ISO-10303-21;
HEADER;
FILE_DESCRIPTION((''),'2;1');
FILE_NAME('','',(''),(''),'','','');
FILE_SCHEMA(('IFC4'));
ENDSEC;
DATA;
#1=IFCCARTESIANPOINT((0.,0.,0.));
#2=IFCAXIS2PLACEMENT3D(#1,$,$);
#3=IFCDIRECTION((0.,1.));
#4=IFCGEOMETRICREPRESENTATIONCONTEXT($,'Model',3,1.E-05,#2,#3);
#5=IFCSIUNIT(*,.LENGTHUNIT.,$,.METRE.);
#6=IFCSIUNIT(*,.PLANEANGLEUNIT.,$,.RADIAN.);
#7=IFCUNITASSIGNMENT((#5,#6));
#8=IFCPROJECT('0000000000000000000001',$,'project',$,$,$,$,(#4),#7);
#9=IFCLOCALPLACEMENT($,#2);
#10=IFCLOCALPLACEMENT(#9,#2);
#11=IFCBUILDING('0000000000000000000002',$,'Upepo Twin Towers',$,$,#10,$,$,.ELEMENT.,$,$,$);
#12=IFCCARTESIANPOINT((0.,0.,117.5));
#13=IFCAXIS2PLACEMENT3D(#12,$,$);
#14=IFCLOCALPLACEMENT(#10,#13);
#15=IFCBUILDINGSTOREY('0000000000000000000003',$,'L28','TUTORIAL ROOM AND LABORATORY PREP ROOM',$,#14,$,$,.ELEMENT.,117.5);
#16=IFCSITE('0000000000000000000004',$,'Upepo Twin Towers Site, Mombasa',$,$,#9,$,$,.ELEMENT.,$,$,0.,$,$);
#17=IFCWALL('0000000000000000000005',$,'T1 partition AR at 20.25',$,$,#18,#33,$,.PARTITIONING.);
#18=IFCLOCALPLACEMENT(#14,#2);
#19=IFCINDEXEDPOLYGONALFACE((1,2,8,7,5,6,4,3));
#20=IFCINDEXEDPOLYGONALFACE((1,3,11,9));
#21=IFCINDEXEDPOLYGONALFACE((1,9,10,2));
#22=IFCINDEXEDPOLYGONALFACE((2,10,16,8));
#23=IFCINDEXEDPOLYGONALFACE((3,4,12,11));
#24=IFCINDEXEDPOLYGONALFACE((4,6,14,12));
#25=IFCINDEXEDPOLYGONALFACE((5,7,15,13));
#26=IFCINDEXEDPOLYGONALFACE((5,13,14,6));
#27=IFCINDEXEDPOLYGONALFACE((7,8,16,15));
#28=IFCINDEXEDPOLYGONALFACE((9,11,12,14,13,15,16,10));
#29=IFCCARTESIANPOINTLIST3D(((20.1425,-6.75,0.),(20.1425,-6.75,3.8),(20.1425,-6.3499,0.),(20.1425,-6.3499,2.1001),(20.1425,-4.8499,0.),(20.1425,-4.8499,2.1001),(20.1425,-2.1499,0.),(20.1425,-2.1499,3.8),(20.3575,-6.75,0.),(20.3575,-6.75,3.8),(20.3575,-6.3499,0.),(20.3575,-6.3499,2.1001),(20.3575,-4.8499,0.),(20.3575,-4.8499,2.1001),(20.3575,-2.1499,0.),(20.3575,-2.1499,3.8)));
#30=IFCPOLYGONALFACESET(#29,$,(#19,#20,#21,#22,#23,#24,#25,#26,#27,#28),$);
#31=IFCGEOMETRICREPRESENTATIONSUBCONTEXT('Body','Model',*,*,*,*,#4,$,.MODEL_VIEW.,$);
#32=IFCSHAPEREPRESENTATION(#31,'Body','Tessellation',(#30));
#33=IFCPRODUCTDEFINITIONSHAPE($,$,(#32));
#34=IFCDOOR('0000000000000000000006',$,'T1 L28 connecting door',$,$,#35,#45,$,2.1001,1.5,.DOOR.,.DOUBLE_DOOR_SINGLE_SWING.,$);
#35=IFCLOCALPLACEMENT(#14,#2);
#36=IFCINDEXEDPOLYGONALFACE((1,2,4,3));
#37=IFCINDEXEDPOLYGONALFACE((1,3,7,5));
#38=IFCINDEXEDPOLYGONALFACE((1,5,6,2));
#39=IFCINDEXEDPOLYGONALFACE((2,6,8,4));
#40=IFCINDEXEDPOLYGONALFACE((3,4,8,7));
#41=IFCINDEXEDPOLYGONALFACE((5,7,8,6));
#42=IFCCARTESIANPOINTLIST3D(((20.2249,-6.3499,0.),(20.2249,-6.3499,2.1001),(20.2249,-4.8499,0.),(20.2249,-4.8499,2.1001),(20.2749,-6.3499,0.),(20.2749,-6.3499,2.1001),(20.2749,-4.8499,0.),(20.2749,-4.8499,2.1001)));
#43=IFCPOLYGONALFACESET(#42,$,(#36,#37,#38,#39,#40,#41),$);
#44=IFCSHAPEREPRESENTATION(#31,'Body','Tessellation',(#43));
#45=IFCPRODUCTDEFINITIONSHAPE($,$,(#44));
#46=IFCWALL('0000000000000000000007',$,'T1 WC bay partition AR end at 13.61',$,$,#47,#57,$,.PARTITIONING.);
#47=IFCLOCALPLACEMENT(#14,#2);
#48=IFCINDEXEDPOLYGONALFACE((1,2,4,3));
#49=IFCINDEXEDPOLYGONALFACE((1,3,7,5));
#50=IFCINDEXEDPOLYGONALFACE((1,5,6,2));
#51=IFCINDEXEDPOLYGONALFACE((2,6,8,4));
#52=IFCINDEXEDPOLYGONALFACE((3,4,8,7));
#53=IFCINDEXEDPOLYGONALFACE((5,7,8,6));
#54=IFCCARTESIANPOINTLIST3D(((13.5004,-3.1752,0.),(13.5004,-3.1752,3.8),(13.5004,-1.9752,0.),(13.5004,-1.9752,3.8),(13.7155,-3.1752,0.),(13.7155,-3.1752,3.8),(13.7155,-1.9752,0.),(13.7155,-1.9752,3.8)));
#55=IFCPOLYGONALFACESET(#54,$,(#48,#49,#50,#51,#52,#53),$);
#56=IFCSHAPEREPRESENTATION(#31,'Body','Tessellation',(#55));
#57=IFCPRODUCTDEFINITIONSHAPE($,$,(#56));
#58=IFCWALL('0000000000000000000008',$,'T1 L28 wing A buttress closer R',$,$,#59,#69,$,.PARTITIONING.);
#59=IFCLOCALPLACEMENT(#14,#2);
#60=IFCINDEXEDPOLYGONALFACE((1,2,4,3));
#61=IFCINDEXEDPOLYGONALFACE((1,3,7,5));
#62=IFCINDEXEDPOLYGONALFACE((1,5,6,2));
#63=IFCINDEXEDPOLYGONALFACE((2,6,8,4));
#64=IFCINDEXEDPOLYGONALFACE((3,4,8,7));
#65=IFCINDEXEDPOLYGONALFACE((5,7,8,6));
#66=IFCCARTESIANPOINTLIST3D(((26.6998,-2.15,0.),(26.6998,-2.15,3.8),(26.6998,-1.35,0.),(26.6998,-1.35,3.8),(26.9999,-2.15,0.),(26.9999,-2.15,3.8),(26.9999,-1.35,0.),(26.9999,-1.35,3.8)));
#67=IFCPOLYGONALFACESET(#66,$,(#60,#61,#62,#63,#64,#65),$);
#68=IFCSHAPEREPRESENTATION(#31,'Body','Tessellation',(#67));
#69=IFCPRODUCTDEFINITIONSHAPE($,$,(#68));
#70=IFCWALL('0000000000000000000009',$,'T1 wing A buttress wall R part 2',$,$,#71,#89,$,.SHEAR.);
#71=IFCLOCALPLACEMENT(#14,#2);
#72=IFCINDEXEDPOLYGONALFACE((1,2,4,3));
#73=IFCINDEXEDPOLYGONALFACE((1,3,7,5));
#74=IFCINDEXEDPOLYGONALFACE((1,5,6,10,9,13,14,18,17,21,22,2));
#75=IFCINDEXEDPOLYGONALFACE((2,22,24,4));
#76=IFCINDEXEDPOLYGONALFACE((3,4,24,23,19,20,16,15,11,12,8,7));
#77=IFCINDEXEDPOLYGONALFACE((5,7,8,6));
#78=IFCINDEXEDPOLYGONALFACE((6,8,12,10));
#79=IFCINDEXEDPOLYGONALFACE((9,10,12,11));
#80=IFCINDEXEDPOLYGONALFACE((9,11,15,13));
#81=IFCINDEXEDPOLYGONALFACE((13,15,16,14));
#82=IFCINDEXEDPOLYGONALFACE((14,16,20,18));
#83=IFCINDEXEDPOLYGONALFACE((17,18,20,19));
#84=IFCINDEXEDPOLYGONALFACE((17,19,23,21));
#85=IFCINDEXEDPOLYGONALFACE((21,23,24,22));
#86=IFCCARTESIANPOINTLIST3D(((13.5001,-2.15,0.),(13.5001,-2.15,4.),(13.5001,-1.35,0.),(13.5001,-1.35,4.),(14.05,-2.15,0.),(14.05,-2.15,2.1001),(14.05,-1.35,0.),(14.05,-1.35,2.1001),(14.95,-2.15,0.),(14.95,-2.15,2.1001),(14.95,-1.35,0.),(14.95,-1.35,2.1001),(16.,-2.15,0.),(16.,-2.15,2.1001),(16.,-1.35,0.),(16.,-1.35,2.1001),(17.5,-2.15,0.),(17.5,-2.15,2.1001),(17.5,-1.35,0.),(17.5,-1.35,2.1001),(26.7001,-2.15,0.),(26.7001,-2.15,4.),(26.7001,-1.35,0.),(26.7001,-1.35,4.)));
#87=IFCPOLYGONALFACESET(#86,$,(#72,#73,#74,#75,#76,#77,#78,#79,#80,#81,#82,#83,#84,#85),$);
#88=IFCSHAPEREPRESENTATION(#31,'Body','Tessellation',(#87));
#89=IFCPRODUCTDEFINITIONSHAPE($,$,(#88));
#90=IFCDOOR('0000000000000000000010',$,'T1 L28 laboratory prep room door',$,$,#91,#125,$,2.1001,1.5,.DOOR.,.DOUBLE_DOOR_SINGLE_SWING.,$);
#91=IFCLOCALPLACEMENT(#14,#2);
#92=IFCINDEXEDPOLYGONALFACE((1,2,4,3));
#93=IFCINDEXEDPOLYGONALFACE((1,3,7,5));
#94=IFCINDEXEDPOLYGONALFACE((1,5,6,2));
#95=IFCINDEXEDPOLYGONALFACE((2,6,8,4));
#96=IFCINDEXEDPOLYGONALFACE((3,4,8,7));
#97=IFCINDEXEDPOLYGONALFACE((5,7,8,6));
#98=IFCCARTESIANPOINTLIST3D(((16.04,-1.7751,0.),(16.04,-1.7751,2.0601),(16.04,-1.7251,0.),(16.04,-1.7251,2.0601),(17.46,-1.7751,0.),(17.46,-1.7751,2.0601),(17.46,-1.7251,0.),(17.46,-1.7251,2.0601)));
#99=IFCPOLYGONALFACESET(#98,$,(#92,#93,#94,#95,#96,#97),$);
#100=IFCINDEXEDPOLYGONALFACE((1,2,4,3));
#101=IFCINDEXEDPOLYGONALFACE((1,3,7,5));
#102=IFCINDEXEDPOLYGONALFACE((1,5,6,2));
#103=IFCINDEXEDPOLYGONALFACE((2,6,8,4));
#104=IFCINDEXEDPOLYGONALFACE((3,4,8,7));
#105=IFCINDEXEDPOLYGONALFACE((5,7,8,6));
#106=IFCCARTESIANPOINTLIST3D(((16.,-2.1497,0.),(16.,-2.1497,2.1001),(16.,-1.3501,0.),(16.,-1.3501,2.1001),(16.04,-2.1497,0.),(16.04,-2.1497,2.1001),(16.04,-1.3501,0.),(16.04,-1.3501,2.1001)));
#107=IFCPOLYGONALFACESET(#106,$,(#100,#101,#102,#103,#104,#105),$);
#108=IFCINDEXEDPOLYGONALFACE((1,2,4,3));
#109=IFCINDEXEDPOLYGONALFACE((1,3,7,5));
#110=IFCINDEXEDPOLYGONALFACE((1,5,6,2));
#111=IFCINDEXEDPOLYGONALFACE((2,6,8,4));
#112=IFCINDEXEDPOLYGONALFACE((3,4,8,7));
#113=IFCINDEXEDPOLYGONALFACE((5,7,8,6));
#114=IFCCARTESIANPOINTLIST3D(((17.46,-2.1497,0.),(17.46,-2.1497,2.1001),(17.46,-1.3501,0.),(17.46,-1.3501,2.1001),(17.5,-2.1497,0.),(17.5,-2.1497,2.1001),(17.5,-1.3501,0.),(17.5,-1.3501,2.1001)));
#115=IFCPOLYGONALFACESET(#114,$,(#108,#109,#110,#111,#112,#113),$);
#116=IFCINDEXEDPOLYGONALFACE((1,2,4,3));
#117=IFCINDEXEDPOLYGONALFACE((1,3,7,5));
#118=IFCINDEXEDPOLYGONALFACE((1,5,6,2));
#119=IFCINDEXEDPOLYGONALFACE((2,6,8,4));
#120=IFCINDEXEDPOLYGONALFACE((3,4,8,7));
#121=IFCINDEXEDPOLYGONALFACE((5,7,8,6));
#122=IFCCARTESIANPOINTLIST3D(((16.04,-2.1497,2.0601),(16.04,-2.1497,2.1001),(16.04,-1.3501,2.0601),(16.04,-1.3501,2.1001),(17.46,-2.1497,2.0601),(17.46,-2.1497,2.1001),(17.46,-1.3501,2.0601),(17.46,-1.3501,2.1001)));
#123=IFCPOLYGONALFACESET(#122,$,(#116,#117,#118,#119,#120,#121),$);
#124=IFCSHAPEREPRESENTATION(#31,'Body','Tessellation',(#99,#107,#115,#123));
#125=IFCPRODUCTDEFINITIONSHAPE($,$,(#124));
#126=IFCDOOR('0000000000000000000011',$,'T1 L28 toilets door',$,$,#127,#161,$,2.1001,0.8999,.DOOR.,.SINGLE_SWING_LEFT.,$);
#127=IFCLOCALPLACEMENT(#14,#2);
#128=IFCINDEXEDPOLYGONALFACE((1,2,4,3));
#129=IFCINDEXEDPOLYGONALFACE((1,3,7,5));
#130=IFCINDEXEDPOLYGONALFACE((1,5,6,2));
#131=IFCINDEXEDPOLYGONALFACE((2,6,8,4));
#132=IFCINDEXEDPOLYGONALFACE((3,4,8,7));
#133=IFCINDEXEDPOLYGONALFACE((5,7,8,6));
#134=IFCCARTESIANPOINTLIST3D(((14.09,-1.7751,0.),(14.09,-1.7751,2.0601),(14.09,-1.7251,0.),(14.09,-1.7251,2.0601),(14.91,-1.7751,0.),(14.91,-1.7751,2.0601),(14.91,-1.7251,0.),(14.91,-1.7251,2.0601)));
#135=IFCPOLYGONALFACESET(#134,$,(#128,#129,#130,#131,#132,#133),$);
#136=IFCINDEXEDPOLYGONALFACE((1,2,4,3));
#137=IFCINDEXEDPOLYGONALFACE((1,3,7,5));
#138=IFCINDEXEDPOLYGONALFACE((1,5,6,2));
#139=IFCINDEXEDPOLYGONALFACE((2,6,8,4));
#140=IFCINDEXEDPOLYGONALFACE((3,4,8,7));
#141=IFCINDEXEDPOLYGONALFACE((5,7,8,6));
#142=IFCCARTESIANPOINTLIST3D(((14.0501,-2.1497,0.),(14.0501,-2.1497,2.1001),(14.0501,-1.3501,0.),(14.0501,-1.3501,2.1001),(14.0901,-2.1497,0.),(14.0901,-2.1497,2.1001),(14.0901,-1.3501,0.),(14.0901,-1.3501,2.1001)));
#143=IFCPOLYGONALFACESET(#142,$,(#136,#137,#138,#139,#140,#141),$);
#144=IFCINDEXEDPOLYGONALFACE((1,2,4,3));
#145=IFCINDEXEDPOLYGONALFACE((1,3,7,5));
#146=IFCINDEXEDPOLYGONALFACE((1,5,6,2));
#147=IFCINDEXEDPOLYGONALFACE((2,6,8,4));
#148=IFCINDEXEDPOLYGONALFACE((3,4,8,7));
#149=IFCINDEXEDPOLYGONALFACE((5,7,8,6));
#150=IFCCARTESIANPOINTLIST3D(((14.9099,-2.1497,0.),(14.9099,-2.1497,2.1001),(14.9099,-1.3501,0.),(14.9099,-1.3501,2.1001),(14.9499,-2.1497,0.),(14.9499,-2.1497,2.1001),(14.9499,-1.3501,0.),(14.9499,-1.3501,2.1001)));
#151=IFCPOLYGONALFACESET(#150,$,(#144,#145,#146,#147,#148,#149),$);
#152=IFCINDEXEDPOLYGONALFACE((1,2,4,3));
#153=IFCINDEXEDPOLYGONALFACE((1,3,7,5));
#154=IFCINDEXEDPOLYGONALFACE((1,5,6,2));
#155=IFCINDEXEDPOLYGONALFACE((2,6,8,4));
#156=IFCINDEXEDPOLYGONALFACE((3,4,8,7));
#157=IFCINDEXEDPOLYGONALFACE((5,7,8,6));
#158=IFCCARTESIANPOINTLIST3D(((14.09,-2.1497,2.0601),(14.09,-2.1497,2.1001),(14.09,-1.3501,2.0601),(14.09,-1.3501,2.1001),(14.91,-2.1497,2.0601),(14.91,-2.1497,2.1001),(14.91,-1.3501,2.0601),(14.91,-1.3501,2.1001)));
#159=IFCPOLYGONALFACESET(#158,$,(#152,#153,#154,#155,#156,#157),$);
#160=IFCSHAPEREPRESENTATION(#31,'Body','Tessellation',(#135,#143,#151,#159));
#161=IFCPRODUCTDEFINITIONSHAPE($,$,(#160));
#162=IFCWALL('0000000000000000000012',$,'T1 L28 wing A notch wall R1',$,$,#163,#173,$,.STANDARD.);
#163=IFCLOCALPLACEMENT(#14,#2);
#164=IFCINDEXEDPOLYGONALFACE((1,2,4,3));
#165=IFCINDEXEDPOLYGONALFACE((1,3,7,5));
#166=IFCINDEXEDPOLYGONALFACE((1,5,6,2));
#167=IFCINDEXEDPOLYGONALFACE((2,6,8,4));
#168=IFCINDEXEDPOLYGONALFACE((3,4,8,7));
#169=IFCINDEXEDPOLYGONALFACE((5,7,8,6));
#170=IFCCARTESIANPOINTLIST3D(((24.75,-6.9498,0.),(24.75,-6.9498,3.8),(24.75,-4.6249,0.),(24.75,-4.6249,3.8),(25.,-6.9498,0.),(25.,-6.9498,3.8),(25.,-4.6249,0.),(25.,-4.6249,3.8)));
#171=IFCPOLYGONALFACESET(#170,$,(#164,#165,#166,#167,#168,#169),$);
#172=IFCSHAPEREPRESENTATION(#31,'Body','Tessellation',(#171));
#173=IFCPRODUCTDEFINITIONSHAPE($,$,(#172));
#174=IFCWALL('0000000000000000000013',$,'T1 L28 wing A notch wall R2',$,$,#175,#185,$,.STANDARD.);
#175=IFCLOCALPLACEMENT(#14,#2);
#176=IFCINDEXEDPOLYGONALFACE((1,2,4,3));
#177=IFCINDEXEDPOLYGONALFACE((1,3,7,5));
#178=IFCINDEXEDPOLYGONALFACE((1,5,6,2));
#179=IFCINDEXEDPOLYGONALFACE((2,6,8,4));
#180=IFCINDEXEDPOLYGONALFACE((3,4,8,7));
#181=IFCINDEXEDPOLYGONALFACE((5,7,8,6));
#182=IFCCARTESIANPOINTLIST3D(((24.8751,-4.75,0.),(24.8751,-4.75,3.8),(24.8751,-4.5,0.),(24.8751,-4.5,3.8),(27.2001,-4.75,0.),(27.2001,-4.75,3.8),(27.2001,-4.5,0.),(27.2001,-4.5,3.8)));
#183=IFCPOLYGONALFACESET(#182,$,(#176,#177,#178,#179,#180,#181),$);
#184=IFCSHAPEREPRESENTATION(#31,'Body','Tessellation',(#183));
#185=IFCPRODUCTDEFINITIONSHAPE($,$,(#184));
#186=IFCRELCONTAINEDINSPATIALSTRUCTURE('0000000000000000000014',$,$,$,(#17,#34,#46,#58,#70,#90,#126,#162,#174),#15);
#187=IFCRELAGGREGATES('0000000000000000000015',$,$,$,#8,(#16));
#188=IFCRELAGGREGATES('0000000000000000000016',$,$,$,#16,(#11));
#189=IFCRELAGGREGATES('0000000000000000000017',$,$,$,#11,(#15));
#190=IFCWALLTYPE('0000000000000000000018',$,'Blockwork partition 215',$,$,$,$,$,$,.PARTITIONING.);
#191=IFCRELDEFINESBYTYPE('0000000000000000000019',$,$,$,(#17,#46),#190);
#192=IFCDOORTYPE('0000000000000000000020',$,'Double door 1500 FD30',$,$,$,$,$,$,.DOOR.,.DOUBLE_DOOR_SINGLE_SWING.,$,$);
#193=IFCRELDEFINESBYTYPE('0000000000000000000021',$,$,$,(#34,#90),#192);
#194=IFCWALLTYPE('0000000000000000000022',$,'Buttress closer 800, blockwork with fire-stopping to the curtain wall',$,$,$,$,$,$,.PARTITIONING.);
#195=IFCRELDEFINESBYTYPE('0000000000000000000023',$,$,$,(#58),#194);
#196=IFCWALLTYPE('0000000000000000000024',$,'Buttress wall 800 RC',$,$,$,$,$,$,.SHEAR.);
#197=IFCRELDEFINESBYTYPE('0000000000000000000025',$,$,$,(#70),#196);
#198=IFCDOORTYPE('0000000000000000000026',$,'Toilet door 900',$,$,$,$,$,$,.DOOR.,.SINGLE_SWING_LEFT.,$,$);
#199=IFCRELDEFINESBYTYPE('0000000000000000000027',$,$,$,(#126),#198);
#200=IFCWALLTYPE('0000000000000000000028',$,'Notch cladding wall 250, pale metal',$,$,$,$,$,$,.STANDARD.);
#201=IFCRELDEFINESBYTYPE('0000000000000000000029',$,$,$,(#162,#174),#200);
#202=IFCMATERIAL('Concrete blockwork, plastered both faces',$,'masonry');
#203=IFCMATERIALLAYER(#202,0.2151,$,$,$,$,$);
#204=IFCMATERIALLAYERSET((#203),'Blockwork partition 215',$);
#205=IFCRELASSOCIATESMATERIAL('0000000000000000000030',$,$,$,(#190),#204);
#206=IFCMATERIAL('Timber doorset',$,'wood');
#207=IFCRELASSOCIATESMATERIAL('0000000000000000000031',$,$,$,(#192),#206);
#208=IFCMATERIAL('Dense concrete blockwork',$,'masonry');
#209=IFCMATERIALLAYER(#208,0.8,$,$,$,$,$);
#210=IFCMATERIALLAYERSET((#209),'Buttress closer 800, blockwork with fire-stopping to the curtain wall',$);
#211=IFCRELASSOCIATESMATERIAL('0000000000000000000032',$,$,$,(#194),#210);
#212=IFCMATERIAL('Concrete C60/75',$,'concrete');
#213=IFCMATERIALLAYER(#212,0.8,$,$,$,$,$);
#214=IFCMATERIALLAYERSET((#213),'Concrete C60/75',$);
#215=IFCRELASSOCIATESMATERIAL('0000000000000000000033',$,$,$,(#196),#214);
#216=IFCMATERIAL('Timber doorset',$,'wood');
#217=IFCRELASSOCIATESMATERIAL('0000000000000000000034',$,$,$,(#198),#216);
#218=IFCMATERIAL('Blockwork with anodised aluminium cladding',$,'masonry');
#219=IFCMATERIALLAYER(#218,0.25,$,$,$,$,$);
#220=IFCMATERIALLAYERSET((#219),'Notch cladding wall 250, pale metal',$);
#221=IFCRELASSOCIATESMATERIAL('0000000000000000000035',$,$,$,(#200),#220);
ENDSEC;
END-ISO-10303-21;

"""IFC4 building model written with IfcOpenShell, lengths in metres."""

from ifc_helpers import new_model, si_unit, direction, frame, frame_2d, origin, place, context, subcontext, project, spatial, rectangle, extrude, material, layer, layer_set, type_object, element, fill, save


model = new_model("IFC4")

# Units and contexts
model_context = context("Model", 3, precision=1e-05, world=origin(), true_north=direction((0.0, 1.0)))
body_context = subcontext(model_context, "Body", "Model", "MODEL_VIEW")
ifc_project = project(units=[si_unit("LENGTHUNIT", "METRE"), si_unit("PLANEANGLEUNIT", "RADIAN")], contexts=[model_context])

# Site, building, storey
site_placement = place(None, origin())
site = spatial("IfcSite", under=ifc_project, at=site_placement, Name="Upepo Twin Towers Site, Mombasa", CompositionType="ELEMENT", RefElevation=0.0)
building_placement = place(site_placement, origin())
building = spatial("IfcBuilding", under=site, at=building_placement, Name="Upepo Twin Towers", CompositionType="ELEMENT")
storey_placement = place(building_placement, frame((0.0, 0.0, 117.5)))
storey = spatial("IfcBuildingStorey", under=building, at=storey_placement, Name="L28", Description="TUTORIAL ROOM AND LABORATORY PREP ROOM", CompositionType="ELEMENT", Elevation=117.5)

# Shared definitions
ifc_material_1 = material(Name="Concrete blockwork, plastered both faces", Category="masonry")
ifc_layer_1 = layer(ifc_material_1, 0.2151)
ifc_layer_set_1 = layer_set([ifc_layer_1], Name="Blockwork partition 215")
wall_type_1 = type_object("IfcWallType", Name="Blockwork partition 215", PredefinedType="PARTITIONING", material=ifc_layer_set_1)

# Wall, opening, door
wall_1_placement = place(storey_placement, frame((20.25, -2.1499, 0.0), z_axis=(0.0, 0.0, 1.0), x_axis=(0.0, -1.0, 0.0)))
wall_1 = element("IfcWall", 1, at=wall_1_placement, inside=storey, type_object=wall_type_1, Name="T1 partition AR at 20.25", PredefinedType="PARTITIONING", context=body_context, shape_type="SweptSolid", body=[
    extrude(rectangle(XDim=4.6001, YDim=0.2151, at=frame_2d((2.3, 0.0))), origin(), (0.0, 0.0, 1.0), 3.8),
])
opening_1_placement = place(wall_1_placement, frame((2.7, 0.0, 0.0)))
opening_1 = element("IfcOpeningElement", 2, at=opening_1_placement, cuts=wall_1, PredefinedType="OPENING", context=body_context, shape_type="SweptSolid", body=[
    extrude(rectangle(XDim=1.5, YDim=2.1001, at=frame_2d((0.75, 1.05))), frame((0.0, 0.1174, 0.0), z_axis=(0.0, -1.0, 0.0), x_axis=(1.0, 0.0, 0.0)), (0.0, 0.0, 1.0), 0.2351),
])
ifc_material_2 = material(Name="Timber doorset", Category="wood")
door_type_1 = type_object("IfcDoorType", Name="Double door 1500 FD30", OperationType="DOUBLE_DOOR_SINGLE_SWING", PredefinedType="DOOR", material=ifc_material_2)
door_1_placement = place(opening_1_placement, origin())
door_1 = element("IfcDoor", 3, at=door_1_placement, inside=storey, type_object=door_type_1, Name="T1 L28 connecting door", OperationType="DOUBLE_DOOR_SINGLE_SWING", OverallHeight=2.1001, OverallWidth=1.5, PredefinedType="DOOR", context=body_context, shape_type="SweptSolid", body=[
    extrude(rectangle(XDim=1.5, YDim=2.1001, at=frame_2d((0.75, 1.05))), frame((0.0, 0.0249, 0.0), z_axis=(0.0, -1.0, 0.0), x_axis=(1.0, 0.0, 0.0)), (0.0, 0.0, 1.0), 0.05),
])
fill(opening_1, door_1)

# Walls
wall_2_placement = place(storey_placement, frame((13.6079, -1.9751, 0.0), z_axis=(0.0, 0.0, 1.0), x_axis=(0.0, -1.0, 0.0)))
element("IfcWall", 4, at=wall_2_placement, inside=storey, type_object=wall_type_1, Name="T1 WC bay partition AR end at 13.61", PredefinedType="PARTITIONING", context=body_context, shape_type="SweptSolid", body=[
    extrude(rectangle(XDim=1.2, YDim=0.2151, at=frame_2d((0.6001, 0.0))), origin(), (0.0, 0.0, 1.0), 3.8),
])
ifc_material_3 = material(Name="Dense concrete blockwork", Category="masonry")
ifc_layer_2 = layer(ifc_material_3, 0.8)
ifc_layer_set_2 = layer_set([ifc_layer_2], Name="Buttress closer 800, blockwork with fire-stopping to the curtain wall")
wall_type_2 = type_object("IfcWallType", Name="Buttress closer 800, blockwork with fire-stopping to the curtain wall", PredefinedType="PARTITIONING", material=ifc_layer_set_2)
wall_3_placement = place(storey_placement, frame((26.7, -1.75, 0.0), z_axis=(0.0, 0.0, 1.0), x_axis=(1.0, 0.0, 0.0)))
element("IfcWall", 5, at=wall_3_placement, inside=storey, type_object=wall_type_2, Name="T1 L28 wing A buttress closer R", PredefinedType="PARTITIONING", context=body_context, shape_type="SweptSolid", body=[
    extrude(rectangle(XDim=0.3, YDim=0.8, at=frame_2d((0.1499, 0.0))), origin(), (0.0, 0.0, 1.0), 3.8),
])

# Wall, openings, doors
ifc_material_4 = material(Name="Concrete C60/75", Category="concrete")
ifc_layer_3 = layer(ifc_material_4, 0.8)
ifc_layer_set_3 = layer_set([ifc_layer_3], Name="Concrete C60/75")
wall_type_3 = type_object("IfcWallType", Name="Buttress wall 800 RC", PredefinedType="SHEAR", material=ifc_layer_set_3)
wall_4_placement = place(storey_placement, frame((13.5, -1.75, 0.0), z_axis=(0.0, 0.0, 1.0), x_axis=(1.0, 0.0, 0.0)))
wall_4 = element("IfcWall", 6, at=wall_4_placement, inside=storey, type_object=wall_type_3, Name="T1 wing A buttress wall R part 2", PredefinedType="SHEAR", context=body_context, shape_type="SweptSolid", body=[
    extrude(rectangle(XDim=13.2, YDim=0.8, at=frame_2d((6.6001, 0.0))), origin(), (0.0, 0.0, 1.0), 4.0),
])
opening_2_placement = place(wall_4_placement, frame((0.55, 0.0, 0.0)))
opening_2 = element("IfcOpeningElement", 7, at=opening_2_placement, cuts=wall_4, PredefinedType="OPENING", context=body_context, shape_type="SweptSolid", body=[
    extrude(rectangle(XDim=0.8999, YDim=2.1001, at=frame_2d((0.45, 1.05))), frame((0.0, 0.4099, 0.0), z_axis=(0.0, -1.0, 0.0), x_axis=(1.0, 0.0, 0.0)), (0.0, 0.0, 1.0), 0.8201),
])
opening_3_placement = place(wall_4_placement, frame((2.5, 0.0, 0.0)))
opening_3 = element("IfcOpeningElement", 8, at=opening_3_placement, cuts=wall_4, PredefinedType="OPENING", context=body_context, shape_type="SweptSolid", body=[
    extrude(rectangle(XDim=1.5, YDim=2.1001, at=frame_2d((0.75, 1.05))), frame((0.0, 0.4099, 0.0), z_axis=(0.0, -1.0, 0.0), x_axis=(1.0, 0.0, 0.0)), (0.0, 0.0, 1.0), 0.8201),
])
door_2_placement = place(opening_3_placement, origin())
door_2 = element("IfcDoor", 9, at=door_2_placement, inside=storey, type_object=door_type_1, Name="T1 L28 laboratory prep room door", OperationType="DOUBLE_DOOR_SINGLE_SWING", OverallHeight=2.1001, OverallWidth=1.5, PredefinedType="DOOR", context=body_context, shape_type="SweptSolid", body=[
    extrude(rectangle(XDim=1.42, YDim=2.0601, at=frame_2d((0.75, 1.03))), frame((0.0, 0.0249, 0.0), z_axis=(0.0, -1.0, 0.0), x_axis=(1.0, 0.0, 0.0)), (0.0, 0.0, 1.0), 0.05),
    extrude(rectangle(XDim=0.04, YDim=2.1001, at=frame_2d((0.02, 1.05))), frame((0.0, 0.3999, 0.0), z_axis=(0.0, -1.0, 0.0), x_axis=(1.0, 0.0, 0.0)), (0.0, 0.0, 1.0), 0.7996),
    extrude(rectangle(XDim=0.04, YDim=2.1001, at=frame_2d((1.48, 1.05))), frame((0.0, 0.3999, 0.0), z_axis=(0.0, -1.0, 0.0), x_axis=(1.0, 0.0, 0.0)), (0.0, 0.0, 1.0), 0.7996),
    extrude(rectangle(XDim=1.42, YDim=0.04, at=frame_2d((0.75, 2.0801))), frame((0.0, 0.3999, 0.0), z_axis=(0.0, -1.0, 0.0), x_axis=(1.0, 0.0, 0.0)), (0.0, 0.0, 1.0), 0.7996),
])
fill(opening_3, door_2)
ifc_material_5 = material(Name="Timber doorset", Category="wood")
door_type_2 = type_object("IfcDoorType", Name="Toilet door 900", OperationType="SINGLE_SWING_LEFT", PredefinedType="DOOR", material=ifc_material_5)
door_3_placement = place(opening_2_placement, origin())
door_3 = element("IfcDoor", 10, at=door_3_placement, inside=storey, type_object=door_type_2, Name="T1 L28 toilets door", OperationType="SINGLE_SWING_LEFT", OverallHeight=2.1001, OverallWidth=0.8999, PredefinedType="DOOR", context=body_context, shape_type="SweptSolid", body=[
    extrude(rectangle(XDim=0.8199, YDim=2.0601, at=frame_2d((0.45, 1.03))), frame((0.0, 0.0249, 0.0), z_axis=(0.0, -1.0, 0.0), x_axis=(1.0, 0.0, 0.0)), (0.0, 0.0, 1.0), 0.05),
    extrude(rectangle(XDim=0.04, YDim=2.1001, at=frame_2d((0.02, 1.05))), frame((0.0, 0.3999, 0.0), z_axis=(0.0, -1.0, 0.0), x_axis=(1.0, 0.0, 0.0)), (0.0, 0.0, 1.0), 0.7996),
    extrude(rectangle(XDim=0.04, YDim=2.1001, at=frame_2d((0.8799, 1.05))), frame((0.0, 0.3999, 0.0), z_axis=(0.0, -1.0, 0.0), x_axis=(1.0, 0.0, 0.0)), (0.0, 0.0, 1.0), 0.7996),
    extrude(rectangle(XDim=0.8199, YDim=0.04, at=frame_2d((0.45, 2.0801))), frame((0.0, 0.3999, 0.0), z_axis=(0.0, -1.0, 0.0), x_axis=(1.0, 0.0, 0.0)), (0.0, 0.0, 1.0), 0.7996),
])
fill(opening_2, door_3)

# Walls
ifc_material_6 = material(Name="Blockwork with anodised aluminium cladding", Category="masonry")
ifc_layer_4 = layer(ifc_material_6, 0.25)
ifc_layer_set_4 = layer_set([ifc_layer_4], Name="Notch cladding wall 250, pale metal")
wall_type_4 = type_object("IfcWallType", Name="Notch cladding wall 250, pale metal", PredefinedType="STANDARD", material=ifc_layer_set_4)
for number, where, z_axis, x_axis, name in (
    (11, (24.875, -6.95, 0.0), (0.0, 0.0, 1.0), (0.0, 1.0, 0.0), "T1 L28 wing A notch wall R1"),
    (12, (24.875, -4.625, 0.0), (0.0, 0.0, 1.0), (1.0, 0.0, 0.0), "T1 L28 wing A notch wall R2"),
):
    element("IfcWall", number, at=place(storey_placement, frame(where, z_axis=z_axis, x_axis=x_axis)), inside=storey, type_object=wall_type_4, Name=name, PredefinedType="STANDARD", context=body_context, shape_type="SweptSolid", body=[
        extrude(rectangle(XDim=2.325, YDim=0.25, at=frame_2d((1.1626, 0.0))), origin(), (0.0, 0.0, 1.0), 3.8),
    ])

save(model, "model.ifc")
